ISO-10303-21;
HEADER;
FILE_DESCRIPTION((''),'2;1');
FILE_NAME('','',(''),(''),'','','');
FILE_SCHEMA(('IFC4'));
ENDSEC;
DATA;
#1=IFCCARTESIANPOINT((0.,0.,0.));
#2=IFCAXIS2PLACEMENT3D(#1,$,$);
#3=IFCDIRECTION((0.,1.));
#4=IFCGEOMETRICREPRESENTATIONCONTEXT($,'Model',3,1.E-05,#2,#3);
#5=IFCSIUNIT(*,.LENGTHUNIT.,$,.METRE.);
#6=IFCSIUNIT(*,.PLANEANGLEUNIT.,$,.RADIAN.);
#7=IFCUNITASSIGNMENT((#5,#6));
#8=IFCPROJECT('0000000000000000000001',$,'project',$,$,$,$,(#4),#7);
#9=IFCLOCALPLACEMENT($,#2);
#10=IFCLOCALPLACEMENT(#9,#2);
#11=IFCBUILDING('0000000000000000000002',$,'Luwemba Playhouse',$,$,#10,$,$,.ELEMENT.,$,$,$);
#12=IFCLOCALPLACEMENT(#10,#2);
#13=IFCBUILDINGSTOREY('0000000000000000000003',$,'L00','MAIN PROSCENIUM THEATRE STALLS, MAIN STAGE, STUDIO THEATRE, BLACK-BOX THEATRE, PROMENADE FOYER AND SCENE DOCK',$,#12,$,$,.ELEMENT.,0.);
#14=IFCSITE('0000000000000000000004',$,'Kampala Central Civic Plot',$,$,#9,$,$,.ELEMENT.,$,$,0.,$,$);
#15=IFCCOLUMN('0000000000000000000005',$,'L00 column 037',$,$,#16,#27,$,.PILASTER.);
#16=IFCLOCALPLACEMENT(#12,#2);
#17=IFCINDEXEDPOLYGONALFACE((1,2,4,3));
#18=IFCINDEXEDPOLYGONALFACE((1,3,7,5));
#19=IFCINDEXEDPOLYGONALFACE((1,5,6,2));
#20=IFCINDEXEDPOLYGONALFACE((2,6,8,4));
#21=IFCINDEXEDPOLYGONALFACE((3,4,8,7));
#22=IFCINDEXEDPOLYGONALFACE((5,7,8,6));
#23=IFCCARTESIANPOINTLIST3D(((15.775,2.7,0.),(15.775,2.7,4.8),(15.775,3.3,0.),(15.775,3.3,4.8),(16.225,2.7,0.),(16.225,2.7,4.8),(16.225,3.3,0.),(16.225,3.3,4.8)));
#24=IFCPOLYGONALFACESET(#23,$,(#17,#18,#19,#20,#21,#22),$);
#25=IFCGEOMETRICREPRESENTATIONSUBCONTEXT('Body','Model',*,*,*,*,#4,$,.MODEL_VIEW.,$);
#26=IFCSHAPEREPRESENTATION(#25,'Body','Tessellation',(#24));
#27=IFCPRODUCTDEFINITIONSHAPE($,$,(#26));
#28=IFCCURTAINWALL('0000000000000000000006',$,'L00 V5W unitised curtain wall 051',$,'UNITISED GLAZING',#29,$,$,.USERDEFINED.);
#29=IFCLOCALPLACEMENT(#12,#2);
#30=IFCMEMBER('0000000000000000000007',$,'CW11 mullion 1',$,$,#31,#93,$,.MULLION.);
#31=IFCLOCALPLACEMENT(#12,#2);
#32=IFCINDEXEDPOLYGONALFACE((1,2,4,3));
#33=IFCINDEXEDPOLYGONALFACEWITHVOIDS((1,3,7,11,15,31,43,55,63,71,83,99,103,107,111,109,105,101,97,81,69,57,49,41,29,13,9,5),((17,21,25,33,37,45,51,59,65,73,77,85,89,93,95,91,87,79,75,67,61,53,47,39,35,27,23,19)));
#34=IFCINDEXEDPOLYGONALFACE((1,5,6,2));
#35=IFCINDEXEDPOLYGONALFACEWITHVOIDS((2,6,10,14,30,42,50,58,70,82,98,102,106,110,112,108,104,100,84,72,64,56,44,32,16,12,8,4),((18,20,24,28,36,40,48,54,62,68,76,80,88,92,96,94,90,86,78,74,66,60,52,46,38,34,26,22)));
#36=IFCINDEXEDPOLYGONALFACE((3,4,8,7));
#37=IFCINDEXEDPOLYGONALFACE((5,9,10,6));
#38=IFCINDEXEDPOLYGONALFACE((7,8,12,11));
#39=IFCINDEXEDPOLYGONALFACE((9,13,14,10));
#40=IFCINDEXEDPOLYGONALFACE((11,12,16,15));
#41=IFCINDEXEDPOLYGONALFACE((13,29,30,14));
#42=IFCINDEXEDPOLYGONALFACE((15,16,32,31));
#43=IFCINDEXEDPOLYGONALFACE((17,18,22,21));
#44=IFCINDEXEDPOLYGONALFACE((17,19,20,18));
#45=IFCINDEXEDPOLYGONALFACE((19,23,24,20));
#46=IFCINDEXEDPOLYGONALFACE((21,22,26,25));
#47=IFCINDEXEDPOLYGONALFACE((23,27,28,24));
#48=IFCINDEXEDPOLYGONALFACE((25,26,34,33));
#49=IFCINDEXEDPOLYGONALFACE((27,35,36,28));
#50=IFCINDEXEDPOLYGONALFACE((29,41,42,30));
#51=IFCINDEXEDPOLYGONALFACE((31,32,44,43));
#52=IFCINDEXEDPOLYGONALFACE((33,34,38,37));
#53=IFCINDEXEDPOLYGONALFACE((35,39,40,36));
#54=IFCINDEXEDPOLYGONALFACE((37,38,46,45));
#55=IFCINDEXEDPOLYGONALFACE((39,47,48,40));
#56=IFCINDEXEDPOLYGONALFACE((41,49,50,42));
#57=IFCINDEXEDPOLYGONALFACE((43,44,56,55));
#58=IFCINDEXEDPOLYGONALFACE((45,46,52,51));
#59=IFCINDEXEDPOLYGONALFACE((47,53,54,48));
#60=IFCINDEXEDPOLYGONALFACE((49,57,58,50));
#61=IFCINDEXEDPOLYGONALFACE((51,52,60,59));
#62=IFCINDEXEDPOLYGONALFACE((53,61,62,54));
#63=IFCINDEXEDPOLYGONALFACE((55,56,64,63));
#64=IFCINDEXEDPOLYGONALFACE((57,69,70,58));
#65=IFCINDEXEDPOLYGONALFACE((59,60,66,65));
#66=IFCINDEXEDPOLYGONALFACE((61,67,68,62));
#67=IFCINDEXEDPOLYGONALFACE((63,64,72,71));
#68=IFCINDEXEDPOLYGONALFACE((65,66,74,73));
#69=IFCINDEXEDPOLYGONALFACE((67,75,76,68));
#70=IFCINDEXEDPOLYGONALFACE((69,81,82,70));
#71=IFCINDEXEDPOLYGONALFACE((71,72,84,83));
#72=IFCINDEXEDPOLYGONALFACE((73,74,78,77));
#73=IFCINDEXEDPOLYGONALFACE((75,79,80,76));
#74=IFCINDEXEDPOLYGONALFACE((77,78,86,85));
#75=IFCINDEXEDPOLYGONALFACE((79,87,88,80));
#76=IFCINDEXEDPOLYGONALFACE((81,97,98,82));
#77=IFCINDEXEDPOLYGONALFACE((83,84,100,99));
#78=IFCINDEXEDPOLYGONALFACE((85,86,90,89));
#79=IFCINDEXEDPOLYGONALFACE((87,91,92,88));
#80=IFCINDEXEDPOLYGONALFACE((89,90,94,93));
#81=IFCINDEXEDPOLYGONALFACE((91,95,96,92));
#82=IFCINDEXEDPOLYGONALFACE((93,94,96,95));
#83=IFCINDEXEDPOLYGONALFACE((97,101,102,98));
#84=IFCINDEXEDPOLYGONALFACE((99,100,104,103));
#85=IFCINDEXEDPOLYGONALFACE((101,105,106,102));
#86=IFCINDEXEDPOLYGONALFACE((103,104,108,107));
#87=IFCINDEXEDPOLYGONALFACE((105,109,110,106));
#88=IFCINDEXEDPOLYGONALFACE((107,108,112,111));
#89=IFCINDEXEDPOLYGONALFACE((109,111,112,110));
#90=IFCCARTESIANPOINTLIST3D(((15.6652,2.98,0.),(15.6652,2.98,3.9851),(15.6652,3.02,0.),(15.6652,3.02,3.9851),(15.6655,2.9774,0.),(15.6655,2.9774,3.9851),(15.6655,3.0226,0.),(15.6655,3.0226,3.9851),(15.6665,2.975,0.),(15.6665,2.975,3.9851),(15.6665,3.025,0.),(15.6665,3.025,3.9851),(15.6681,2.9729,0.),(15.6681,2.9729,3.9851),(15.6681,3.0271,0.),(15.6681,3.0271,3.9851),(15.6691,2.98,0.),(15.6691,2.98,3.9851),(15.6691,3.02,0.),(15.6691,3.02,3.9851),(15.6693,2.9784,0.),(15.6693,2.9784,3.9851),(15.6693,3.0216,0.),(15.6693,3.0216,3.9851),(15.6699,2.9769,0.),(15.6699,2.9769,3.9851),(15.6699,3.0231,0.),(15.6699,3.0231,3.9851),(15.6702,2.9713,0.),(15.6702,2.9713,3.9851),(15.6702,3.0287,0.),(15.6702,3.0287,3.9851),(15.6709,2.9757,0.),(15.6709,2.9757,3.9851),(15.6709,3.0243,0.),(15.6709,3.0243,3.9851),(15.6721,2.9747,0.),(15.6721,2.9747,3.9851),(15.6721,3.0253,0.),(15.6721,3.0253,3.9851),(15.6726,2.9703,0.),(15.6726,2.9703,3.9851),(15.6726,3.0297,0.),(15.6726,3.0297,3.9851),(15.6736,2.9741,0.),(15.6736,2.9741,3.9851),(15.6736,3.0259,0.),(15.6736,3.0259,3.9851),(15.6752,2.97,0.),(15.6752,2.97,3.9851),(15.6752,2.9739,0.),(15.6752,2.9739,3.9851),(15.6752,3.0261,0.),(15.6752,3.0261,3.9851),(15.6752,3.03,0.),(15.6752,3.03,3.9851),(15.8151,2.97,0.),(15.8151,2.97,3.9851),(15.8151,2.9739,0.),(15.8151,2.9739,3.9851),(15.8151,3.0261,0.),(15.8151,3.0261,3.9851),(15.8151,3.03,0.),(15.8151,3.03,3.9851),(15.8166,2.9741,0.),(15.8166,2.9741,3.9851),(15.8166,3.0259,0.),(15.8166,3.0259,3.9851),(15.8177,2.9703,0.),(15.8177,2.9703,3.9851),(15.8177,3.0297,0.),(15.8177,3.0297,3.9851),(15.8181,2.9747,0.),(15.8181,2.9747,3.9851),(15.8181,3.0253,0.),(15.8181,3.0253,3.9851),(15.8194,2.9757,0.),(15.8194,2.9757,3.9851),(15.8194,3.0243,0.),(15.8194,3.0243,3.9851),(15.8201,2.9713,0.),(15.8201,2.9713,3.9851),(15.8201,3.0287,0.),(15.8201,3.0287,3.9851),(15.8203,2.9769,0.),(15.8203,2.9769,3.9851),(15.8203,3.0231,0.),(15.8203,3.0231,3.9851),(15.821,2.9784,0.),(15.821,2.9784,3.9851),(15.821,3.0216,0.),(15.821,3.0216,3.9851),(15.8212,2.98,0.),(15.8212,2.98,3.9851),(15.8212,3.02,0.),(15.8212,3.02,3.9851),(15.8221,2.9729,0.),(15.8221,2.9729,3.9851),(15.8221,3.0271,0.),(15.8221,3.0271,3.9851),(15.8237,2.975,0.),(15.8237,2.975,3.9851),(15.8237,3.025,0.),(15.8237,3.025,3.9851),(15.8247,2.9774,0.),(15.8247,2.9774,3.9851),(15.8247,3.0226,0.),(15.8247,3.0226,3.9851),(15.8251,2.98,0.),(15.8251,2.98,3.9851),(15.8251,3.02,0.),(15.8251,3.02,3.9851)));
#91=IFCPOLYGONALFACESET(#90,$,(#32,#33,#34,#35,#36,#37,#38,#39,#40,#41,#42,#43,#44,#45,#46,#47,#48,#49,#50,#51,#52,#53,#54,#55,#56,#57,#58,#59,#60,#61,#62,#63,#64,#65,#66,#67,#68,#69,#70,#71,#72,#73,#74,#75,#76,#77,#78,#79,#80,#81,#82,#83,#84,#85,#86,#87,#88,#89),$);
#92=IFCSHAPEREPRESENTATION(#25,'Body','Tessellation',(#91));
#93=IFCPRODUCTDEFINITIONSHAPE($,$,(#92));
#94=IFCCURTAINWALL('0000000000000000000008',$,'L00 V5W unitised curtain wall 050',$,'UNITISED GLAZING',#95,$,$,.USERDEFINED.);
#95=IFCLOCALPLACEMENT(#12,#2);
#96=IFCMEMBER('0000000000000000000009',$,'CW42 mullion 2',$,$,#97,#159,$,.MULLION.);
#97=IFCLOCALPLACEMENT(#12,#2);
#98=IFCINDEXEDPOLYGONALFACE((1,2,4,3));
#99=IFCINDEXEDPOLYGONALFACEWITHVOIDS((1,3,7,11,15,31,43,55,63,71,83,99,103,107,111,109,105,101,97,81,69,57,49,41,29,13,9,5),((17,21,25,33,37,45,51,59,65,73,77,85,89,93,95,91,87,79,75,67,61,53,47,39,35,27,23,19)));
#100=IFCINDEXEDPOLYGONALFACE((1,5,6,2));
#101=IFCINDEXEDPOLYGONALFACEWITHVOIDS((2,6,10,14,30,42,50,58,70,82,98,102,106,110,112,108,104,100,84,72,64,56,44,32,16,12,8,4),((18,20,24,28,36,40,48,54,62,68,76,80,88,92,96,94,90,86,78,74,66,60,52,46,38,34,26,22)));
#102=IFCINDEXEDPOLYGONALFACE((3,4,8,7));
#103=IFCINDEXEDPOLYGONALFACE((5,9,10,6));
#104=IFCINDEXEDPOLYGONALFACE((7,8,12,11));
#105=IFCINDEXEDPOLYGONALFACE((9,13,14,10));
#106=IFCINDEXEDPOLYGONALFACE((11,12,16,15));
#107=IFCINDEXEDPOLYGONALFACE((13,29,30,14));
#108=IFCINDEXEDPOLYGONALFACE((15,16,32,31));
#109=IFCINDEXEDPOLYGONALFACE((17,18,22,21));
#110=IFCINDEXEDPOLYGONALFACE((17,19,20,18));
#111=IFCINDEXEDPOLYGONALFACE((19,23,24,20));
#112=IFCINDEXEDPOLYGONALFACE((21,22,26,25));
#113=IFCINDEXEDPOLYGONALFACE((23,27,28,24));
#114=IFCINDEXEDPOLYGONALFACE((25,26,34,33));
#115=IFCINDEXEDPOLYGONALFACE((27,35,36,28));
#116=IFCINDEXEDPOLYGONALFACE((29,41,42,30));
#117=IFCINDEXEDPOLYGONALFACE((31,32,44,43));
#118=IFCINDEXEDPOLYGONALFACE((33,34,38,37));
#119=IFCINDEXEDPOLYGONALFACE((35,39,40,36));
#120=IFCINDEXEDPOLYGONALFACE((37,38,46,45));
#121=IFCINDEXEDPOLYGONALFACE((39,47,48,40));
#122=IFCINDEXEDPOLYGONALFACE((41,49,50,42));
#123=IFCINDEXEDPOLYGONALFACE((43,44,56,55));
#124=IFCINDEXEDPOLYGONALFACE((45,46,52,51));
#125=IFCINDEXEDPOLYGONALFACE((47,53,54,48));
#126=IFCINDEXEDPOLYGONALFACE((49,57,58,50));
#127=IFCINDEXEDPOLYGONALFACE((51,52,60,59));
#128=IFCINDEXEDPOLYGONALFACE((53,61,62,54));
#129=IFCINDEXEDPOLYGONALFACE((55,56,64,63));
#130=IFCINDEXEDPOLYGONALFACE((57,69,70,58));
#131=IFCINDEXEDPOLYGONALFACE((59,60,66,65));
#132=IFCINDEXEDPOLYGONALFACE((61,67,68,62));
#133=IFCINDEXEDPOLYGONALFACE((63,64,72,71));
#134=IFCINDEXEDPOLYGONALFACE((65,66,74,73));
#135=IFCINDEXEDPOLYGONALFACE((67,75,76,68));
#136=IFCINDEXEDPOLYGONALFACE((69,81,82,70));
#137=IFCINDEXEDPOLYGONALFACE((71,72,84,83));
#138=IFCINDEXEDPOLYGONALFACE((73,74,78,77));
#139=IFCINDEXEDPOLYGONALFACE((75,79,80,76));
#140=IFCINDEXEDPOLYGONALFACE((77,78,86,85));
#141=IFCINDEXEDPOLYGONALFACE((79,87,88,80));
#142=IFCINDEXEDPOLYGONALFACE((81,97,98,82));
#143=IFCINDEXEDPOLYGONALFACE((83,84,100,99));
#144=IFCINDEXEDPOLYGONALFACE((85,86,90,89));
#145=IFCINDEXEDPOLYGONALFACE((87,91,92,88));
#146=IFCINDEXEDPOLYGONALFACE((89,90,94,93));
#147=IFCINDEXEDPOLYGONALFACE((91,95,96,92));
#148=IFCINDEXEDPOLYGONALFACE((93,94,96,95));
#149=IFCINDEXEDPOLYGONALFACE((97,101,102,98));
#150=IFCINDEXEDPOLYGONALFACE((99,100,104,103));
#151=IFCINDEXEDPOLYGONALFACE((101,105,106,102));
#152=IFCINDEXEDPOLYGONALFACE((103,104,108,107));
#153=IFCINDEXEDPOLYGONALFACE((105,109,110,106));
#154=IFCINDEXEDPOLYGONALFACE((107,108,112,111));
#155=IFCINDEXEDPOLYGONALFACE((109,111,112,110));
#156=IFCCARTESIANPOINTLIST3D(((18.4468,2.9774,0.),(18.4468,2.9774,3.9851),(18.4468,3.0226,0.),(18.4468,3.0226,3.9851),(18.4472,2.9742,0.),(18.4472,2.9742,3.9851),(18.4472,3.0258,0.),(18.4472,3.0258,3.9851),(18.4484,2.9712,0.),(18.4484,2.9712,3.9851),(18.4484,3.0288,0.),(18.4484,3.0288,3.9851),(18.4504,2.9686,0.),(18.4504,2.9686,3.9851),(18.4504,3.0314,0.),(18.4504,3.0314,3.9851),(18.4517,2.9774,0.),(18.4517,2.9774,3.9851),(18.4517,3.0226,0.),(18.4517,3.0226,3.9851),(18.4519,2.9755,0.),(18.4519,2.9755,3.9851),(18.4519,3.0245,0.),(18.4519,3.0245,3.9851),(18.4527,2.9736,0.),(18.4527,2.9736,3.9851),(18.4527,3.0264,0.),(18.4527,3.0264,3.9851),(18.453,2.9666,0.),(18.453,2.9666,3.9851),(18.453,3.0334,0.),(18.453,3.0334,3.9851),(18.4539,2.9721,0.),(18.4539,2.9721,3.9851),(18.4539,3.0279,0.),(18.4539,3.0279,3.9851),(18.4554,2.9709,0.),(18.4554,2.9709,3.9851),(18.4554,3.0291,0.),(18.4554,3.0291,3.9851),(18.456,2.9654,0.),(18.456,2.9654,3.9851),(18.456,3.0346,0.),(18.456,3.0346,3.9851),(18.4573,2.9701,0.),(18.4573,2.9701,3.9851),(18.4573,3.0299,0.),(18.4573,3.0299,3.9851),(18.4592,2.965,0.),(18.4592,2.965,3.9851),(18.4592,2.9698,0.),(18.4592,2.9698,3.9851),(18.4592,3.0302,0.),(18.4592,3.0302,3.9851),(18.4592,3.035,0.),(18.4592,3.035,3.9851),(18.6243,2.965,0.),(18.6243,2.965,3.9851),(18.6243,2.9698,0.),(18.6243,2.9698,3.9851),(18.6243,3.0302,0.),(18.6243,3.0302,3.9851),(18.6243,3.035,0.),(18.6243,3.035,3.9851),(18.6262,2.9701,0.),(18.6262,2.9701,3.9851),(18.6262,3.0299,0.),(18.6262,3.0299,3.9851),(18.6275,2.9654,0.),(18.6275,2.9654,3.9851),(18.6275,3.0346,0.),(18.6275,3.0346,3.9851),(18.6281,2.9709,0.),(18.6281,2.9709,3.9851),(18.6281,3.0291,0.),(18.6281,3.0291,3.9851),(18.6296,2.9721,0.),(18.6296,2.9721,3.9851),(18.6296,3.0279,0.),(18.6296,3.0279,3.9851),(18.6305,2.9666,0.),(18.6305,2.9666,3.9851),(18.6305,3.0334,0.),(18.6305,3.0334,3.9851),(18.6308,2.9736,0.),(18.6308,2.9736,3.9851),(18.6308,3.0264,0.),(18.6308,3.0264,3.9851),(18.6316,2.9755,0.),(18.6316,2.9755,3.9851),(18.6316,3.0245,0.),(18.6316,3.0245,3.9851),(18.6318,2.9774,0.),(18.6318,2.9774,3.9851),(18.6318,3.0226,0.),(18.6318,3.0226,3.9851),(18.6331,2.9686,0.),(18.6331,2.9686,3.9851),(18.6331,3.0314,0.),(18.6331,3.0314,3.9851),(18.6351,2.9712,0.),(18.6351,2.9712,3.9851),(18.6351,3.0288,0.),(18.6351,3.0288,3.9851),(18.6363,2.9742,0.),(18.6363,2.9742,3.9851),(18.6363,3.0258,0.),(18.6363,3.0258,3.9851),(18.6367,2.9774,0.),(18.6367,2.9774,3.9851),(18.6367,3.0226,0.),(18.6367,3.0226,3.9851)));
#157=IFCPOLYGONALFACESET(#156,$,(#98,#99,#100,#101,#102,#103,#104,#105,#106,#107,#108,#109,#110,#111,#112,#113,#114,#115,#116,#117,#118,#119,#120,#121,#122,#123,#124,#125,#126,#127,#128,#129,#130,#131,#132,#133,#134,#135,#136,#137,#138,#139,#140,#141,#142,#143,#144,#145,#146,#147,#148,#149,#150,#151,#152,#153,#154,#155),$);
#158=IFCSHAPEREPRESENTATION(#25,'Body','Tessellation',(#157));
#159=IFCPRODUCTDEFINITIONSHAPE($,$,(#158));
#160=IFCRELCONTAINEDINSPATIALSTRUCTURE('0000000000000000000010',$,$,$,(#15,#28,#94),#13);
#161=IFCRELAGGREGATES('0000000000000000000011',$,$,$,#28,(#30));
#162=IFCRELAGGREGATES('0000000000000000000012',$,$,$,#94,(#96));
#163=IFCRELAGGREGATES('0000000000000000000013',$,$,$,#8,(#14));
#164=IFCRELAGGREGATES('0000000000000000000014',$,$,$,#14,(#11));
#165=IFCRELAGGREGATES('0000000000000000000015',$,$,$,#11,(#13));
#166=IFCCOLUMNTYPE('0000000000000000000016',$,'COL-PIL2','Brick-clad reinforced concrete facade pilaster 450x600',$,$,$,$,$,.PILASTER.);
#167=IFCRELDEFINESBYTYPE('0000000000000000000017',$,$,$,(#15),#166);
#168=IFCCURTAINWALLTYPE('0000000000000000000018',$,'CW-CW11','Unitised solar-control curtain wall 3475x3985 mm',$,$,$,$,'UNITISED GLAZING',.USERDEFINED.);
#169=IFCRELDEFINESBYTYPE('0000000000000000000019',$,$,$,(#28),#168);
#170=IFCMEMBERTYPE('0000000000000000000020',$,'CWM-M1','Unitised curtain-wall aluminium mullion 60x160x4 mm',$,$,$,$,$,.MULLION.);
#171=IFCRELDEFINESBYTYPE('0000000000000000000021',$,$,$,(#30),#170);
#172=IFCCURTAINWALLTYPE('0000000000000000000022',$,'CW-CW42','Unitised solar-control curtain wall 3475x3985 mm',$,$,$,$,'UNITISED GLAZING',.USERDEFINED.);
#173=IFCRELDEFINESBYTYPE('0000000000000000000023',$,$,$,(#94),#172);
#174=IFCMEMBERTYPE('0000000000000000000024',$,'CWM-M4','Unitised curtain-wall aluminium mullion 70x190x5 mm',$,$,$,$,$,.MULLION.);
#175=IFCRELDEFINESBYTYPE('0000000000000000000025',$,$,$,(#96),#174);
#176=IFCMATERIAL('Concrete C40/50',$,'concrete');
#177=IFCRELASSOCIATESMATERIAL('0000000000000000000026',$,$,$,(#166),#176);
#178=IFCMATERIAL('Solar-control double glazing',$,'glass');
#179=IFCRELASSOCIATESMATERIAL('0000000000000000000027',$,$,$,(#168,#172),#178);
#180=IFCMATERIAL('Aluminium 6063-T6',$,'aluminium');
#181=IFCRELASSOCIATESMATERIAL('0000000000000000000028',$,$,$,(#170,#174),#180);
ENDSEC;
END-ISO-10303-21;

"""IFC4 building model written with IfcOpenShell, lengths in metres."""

from ifc_helpers import new_model, si_unit, direction, frame, origin, origin_2d, place, context, subcontext, project, spatial, rectangle, hollow_rectangle, extrude, material, material_profile, profile_set, type_object, element, aggregate, save


model = new_model("IFC4")

# Units and contexts
model_context = context("Model", 3, precision=1e-05, world=origin(), true_north=direction((0.0, 1.0)))
body_context = subcontext(model_context, "Body", "Model", "MODEL_VIEW")
ifc_project = project(units=[si_unit("LENGTHUNIT", "METRE"), si_unit("PLANEANGLEUNIT", "RADIAN")], contexts=[model_context])

# Site, building, storey
site_placement = place(None, origin())
site = spatial("IfcSite", under=ifc_project, at=site_placement, Name="Kampala Central Civic Plot", CompositionType="ELEMENT", RefElevation=0.0)
building_placement = place(site_placement, origin())
building = spatial("IfcBuilding", under=site, at=building_placement, Name="Luwemba Playhouse", CompositionType="ELEMENT")
storey_placement = place(building_placement, origin())
storey = spatial("IfcBuildingStorey", under=building, at=storey_placement, Name="L00", Description="MAIN PROSCENIUM THEATRE STALLS, MAIN STAGE, STUDIO THEATRE, BLACK-BOX THEATRE, PROMENADE FOYER AND SCENE DOCK", CompositionType="ELEMENT", Elevation=0.0)

# Column
ifc_material_1 = material(Name="Concrete C40/50", Category="concrete")
ifc_material_profile_1 = material_profile(ifc_material_1, rectangle(XDim=0.45, YDim=0.6001, at=origin_2d()))
ifc_profile_set_1 = profile_set([ifc_material_profile_1], Name="Concrete C40/50")
column_type = type_object("IfcColumnType", Name="COL-PIL2", Description="Brick-clad reinforced concrete facade pilaster 450x600", PredefinedType="PILASTER", material=ifc_profile_set_1)
column_placement = place(storey_placement, frame((16.0, 3.0, 0.0), z_axis=(0.0, 0.0, 1.0), x_axis=(1.0, 0.0, 0.0)))
element("IfcColumn", 1, at=column_placement, inside=storey, type_object=column_type, Name="L00 column 037", PredefinedType="PILASTER", context=body_context, shape_type="SweptSolid", body=[
    extrude(rectangle(XDim=0.45, YDim=0.6001, at=origin_2d()), origin(), (0.0, 0.0, 1.0), 4.8),
])

# Curtain wall, member
ifc_material_2 = material(Name="Solar-control double glazing", Category="glass")
curtain_wall_type_1 = type_object("IfcCurtainWallType", Name="CW-CW11", Description="Unitised solar-control curtain wall 3475x3985 mm", ElementType="UNITISED GLAZING", PredefinedType="USERDEFINED", material=ifc_material_2)
curtain_wall_1_placement = place(storey_placement, origin())
curtain_wall_1 = element("IfcCurtainWall", 2, at=curtain_wall_1_placement, inside=storey, type_object=curtain_wall_type_1, Name="L00 V5W unitised curtain wall 051", ObjectType="UNITISED GLAZING", PredefinedType="USERDEFINED")
ifc_material_3 = material(Name="Aluminium 6063-T6", Category="aluminium")
ifc_material_profile_2 = material_profile(ifc_material_3, hollow_rectangle(XDim=0.0601, YDim=0.1599, WallThickness=0.0039, InnerFilletRadius=0.0061, OuterFilletRadius=0.01, at=origin_2d()))
ifc_profile_set_2 = profile_set([ifc_material_profile_2], Name="Aluminium 6063-T6")
member_type_1 = type_object("IfcMemberType", Name="CWM-M1", Description="Unitised curtain-wall aluminium mullion 60x160x4 mm", PredefinedType="MULLION", material=ifc_profile_set_2)
member_1_placement = place(storey_placement, frame((15.7451, 3.0, 0.0), z_axis=(0.0, 0.0, 1.0), x_axis=(0.0, -1.0, 0.0)))
member_1 = element("IfcMember", 3, at=member_1_placement, type_object=member_type_1, Name="CW11 mullion 1", PredefinedType="MULLION", context=body_context, shape_type="SweptSolid", body=[
    extrude(hollow_rectangle(XDim=0.0601, YDim=0.1599, WallThickness=0.0039, InnerFilletRadius=0.0061, OuterFilletRadius=0.01, at=origin_2d()), origin(), (0.0, 0.0, 1.0), 3.9851),
])

# Curtain wall, member
curtain_wall_type_2 = type_object("IfcCurtainWallType", Name="CW-CW42", Description="Unitised solar-control curtain wall 3475x3985 mm", ElementType="UNITISED GLAZING", PredefinedType="USERDEFINED", material=ifc_material_2)
curtain_wall_2_placement = place(storey_placement, origin())
curtain_wall_2 = element("IfcCurtainWall", 4, at=curtain_wall_2_placement, inside=storey, type_object=curtain_wall_type_2, Name="L00 V5W unitised curtain wall 050", ObjectType="UNITISED GLAZING", PredefinedType="USERDEFINED")
ifc_material_profile_3 = material_profile(ifc_material_3, hollow_rectangle(XDim=0.0701, YDim=0.1899, WallThickness=0.0049, InnerFilletRadius=0.0076, OuterFilletRadius=0.0125, at=origin_2d()))
ifc_profile_set_3 = profile_set([ifc_material_profile_3], Name="Aluminium 6063-T6")
member_type_2 = type_object("IfcMemberType", Name="CWM-M4", Description="Unitised curtain-wall aluminium mullion 70x190x5 mm", PredefinedType="MULLION", material=ifc_profile_set_3)
member_2_placement = place(storey_placement, frame((18.5417, 3.0, 0.0), z_axis=(0.0, 0.0, 1.0), x_axis=(0.0, -1.0, 0.0)))
member_2 = element("IfcMember", 5, at=member_2_placement, type_object=member_type_2, Name="CW42 mullion 2", PredefinedType="MULLION", context=body_context, shape_type="SweptSolid", body=[
    extrude(hollow_rectangle(XDim=0.0701, YDim=0.1899, WallThickness=0.0049, InnerFilletRadius=0.0076, OuterFilletRadius=0.0125, at=origin_2d()), origin(), (0.0, 0.0, 1.0), 3.9851),
])

aggregate(curtain_wall_1, [member_1])

aggregate(curtain_wall_2, [member_2])

save(model, "model.ifc")
